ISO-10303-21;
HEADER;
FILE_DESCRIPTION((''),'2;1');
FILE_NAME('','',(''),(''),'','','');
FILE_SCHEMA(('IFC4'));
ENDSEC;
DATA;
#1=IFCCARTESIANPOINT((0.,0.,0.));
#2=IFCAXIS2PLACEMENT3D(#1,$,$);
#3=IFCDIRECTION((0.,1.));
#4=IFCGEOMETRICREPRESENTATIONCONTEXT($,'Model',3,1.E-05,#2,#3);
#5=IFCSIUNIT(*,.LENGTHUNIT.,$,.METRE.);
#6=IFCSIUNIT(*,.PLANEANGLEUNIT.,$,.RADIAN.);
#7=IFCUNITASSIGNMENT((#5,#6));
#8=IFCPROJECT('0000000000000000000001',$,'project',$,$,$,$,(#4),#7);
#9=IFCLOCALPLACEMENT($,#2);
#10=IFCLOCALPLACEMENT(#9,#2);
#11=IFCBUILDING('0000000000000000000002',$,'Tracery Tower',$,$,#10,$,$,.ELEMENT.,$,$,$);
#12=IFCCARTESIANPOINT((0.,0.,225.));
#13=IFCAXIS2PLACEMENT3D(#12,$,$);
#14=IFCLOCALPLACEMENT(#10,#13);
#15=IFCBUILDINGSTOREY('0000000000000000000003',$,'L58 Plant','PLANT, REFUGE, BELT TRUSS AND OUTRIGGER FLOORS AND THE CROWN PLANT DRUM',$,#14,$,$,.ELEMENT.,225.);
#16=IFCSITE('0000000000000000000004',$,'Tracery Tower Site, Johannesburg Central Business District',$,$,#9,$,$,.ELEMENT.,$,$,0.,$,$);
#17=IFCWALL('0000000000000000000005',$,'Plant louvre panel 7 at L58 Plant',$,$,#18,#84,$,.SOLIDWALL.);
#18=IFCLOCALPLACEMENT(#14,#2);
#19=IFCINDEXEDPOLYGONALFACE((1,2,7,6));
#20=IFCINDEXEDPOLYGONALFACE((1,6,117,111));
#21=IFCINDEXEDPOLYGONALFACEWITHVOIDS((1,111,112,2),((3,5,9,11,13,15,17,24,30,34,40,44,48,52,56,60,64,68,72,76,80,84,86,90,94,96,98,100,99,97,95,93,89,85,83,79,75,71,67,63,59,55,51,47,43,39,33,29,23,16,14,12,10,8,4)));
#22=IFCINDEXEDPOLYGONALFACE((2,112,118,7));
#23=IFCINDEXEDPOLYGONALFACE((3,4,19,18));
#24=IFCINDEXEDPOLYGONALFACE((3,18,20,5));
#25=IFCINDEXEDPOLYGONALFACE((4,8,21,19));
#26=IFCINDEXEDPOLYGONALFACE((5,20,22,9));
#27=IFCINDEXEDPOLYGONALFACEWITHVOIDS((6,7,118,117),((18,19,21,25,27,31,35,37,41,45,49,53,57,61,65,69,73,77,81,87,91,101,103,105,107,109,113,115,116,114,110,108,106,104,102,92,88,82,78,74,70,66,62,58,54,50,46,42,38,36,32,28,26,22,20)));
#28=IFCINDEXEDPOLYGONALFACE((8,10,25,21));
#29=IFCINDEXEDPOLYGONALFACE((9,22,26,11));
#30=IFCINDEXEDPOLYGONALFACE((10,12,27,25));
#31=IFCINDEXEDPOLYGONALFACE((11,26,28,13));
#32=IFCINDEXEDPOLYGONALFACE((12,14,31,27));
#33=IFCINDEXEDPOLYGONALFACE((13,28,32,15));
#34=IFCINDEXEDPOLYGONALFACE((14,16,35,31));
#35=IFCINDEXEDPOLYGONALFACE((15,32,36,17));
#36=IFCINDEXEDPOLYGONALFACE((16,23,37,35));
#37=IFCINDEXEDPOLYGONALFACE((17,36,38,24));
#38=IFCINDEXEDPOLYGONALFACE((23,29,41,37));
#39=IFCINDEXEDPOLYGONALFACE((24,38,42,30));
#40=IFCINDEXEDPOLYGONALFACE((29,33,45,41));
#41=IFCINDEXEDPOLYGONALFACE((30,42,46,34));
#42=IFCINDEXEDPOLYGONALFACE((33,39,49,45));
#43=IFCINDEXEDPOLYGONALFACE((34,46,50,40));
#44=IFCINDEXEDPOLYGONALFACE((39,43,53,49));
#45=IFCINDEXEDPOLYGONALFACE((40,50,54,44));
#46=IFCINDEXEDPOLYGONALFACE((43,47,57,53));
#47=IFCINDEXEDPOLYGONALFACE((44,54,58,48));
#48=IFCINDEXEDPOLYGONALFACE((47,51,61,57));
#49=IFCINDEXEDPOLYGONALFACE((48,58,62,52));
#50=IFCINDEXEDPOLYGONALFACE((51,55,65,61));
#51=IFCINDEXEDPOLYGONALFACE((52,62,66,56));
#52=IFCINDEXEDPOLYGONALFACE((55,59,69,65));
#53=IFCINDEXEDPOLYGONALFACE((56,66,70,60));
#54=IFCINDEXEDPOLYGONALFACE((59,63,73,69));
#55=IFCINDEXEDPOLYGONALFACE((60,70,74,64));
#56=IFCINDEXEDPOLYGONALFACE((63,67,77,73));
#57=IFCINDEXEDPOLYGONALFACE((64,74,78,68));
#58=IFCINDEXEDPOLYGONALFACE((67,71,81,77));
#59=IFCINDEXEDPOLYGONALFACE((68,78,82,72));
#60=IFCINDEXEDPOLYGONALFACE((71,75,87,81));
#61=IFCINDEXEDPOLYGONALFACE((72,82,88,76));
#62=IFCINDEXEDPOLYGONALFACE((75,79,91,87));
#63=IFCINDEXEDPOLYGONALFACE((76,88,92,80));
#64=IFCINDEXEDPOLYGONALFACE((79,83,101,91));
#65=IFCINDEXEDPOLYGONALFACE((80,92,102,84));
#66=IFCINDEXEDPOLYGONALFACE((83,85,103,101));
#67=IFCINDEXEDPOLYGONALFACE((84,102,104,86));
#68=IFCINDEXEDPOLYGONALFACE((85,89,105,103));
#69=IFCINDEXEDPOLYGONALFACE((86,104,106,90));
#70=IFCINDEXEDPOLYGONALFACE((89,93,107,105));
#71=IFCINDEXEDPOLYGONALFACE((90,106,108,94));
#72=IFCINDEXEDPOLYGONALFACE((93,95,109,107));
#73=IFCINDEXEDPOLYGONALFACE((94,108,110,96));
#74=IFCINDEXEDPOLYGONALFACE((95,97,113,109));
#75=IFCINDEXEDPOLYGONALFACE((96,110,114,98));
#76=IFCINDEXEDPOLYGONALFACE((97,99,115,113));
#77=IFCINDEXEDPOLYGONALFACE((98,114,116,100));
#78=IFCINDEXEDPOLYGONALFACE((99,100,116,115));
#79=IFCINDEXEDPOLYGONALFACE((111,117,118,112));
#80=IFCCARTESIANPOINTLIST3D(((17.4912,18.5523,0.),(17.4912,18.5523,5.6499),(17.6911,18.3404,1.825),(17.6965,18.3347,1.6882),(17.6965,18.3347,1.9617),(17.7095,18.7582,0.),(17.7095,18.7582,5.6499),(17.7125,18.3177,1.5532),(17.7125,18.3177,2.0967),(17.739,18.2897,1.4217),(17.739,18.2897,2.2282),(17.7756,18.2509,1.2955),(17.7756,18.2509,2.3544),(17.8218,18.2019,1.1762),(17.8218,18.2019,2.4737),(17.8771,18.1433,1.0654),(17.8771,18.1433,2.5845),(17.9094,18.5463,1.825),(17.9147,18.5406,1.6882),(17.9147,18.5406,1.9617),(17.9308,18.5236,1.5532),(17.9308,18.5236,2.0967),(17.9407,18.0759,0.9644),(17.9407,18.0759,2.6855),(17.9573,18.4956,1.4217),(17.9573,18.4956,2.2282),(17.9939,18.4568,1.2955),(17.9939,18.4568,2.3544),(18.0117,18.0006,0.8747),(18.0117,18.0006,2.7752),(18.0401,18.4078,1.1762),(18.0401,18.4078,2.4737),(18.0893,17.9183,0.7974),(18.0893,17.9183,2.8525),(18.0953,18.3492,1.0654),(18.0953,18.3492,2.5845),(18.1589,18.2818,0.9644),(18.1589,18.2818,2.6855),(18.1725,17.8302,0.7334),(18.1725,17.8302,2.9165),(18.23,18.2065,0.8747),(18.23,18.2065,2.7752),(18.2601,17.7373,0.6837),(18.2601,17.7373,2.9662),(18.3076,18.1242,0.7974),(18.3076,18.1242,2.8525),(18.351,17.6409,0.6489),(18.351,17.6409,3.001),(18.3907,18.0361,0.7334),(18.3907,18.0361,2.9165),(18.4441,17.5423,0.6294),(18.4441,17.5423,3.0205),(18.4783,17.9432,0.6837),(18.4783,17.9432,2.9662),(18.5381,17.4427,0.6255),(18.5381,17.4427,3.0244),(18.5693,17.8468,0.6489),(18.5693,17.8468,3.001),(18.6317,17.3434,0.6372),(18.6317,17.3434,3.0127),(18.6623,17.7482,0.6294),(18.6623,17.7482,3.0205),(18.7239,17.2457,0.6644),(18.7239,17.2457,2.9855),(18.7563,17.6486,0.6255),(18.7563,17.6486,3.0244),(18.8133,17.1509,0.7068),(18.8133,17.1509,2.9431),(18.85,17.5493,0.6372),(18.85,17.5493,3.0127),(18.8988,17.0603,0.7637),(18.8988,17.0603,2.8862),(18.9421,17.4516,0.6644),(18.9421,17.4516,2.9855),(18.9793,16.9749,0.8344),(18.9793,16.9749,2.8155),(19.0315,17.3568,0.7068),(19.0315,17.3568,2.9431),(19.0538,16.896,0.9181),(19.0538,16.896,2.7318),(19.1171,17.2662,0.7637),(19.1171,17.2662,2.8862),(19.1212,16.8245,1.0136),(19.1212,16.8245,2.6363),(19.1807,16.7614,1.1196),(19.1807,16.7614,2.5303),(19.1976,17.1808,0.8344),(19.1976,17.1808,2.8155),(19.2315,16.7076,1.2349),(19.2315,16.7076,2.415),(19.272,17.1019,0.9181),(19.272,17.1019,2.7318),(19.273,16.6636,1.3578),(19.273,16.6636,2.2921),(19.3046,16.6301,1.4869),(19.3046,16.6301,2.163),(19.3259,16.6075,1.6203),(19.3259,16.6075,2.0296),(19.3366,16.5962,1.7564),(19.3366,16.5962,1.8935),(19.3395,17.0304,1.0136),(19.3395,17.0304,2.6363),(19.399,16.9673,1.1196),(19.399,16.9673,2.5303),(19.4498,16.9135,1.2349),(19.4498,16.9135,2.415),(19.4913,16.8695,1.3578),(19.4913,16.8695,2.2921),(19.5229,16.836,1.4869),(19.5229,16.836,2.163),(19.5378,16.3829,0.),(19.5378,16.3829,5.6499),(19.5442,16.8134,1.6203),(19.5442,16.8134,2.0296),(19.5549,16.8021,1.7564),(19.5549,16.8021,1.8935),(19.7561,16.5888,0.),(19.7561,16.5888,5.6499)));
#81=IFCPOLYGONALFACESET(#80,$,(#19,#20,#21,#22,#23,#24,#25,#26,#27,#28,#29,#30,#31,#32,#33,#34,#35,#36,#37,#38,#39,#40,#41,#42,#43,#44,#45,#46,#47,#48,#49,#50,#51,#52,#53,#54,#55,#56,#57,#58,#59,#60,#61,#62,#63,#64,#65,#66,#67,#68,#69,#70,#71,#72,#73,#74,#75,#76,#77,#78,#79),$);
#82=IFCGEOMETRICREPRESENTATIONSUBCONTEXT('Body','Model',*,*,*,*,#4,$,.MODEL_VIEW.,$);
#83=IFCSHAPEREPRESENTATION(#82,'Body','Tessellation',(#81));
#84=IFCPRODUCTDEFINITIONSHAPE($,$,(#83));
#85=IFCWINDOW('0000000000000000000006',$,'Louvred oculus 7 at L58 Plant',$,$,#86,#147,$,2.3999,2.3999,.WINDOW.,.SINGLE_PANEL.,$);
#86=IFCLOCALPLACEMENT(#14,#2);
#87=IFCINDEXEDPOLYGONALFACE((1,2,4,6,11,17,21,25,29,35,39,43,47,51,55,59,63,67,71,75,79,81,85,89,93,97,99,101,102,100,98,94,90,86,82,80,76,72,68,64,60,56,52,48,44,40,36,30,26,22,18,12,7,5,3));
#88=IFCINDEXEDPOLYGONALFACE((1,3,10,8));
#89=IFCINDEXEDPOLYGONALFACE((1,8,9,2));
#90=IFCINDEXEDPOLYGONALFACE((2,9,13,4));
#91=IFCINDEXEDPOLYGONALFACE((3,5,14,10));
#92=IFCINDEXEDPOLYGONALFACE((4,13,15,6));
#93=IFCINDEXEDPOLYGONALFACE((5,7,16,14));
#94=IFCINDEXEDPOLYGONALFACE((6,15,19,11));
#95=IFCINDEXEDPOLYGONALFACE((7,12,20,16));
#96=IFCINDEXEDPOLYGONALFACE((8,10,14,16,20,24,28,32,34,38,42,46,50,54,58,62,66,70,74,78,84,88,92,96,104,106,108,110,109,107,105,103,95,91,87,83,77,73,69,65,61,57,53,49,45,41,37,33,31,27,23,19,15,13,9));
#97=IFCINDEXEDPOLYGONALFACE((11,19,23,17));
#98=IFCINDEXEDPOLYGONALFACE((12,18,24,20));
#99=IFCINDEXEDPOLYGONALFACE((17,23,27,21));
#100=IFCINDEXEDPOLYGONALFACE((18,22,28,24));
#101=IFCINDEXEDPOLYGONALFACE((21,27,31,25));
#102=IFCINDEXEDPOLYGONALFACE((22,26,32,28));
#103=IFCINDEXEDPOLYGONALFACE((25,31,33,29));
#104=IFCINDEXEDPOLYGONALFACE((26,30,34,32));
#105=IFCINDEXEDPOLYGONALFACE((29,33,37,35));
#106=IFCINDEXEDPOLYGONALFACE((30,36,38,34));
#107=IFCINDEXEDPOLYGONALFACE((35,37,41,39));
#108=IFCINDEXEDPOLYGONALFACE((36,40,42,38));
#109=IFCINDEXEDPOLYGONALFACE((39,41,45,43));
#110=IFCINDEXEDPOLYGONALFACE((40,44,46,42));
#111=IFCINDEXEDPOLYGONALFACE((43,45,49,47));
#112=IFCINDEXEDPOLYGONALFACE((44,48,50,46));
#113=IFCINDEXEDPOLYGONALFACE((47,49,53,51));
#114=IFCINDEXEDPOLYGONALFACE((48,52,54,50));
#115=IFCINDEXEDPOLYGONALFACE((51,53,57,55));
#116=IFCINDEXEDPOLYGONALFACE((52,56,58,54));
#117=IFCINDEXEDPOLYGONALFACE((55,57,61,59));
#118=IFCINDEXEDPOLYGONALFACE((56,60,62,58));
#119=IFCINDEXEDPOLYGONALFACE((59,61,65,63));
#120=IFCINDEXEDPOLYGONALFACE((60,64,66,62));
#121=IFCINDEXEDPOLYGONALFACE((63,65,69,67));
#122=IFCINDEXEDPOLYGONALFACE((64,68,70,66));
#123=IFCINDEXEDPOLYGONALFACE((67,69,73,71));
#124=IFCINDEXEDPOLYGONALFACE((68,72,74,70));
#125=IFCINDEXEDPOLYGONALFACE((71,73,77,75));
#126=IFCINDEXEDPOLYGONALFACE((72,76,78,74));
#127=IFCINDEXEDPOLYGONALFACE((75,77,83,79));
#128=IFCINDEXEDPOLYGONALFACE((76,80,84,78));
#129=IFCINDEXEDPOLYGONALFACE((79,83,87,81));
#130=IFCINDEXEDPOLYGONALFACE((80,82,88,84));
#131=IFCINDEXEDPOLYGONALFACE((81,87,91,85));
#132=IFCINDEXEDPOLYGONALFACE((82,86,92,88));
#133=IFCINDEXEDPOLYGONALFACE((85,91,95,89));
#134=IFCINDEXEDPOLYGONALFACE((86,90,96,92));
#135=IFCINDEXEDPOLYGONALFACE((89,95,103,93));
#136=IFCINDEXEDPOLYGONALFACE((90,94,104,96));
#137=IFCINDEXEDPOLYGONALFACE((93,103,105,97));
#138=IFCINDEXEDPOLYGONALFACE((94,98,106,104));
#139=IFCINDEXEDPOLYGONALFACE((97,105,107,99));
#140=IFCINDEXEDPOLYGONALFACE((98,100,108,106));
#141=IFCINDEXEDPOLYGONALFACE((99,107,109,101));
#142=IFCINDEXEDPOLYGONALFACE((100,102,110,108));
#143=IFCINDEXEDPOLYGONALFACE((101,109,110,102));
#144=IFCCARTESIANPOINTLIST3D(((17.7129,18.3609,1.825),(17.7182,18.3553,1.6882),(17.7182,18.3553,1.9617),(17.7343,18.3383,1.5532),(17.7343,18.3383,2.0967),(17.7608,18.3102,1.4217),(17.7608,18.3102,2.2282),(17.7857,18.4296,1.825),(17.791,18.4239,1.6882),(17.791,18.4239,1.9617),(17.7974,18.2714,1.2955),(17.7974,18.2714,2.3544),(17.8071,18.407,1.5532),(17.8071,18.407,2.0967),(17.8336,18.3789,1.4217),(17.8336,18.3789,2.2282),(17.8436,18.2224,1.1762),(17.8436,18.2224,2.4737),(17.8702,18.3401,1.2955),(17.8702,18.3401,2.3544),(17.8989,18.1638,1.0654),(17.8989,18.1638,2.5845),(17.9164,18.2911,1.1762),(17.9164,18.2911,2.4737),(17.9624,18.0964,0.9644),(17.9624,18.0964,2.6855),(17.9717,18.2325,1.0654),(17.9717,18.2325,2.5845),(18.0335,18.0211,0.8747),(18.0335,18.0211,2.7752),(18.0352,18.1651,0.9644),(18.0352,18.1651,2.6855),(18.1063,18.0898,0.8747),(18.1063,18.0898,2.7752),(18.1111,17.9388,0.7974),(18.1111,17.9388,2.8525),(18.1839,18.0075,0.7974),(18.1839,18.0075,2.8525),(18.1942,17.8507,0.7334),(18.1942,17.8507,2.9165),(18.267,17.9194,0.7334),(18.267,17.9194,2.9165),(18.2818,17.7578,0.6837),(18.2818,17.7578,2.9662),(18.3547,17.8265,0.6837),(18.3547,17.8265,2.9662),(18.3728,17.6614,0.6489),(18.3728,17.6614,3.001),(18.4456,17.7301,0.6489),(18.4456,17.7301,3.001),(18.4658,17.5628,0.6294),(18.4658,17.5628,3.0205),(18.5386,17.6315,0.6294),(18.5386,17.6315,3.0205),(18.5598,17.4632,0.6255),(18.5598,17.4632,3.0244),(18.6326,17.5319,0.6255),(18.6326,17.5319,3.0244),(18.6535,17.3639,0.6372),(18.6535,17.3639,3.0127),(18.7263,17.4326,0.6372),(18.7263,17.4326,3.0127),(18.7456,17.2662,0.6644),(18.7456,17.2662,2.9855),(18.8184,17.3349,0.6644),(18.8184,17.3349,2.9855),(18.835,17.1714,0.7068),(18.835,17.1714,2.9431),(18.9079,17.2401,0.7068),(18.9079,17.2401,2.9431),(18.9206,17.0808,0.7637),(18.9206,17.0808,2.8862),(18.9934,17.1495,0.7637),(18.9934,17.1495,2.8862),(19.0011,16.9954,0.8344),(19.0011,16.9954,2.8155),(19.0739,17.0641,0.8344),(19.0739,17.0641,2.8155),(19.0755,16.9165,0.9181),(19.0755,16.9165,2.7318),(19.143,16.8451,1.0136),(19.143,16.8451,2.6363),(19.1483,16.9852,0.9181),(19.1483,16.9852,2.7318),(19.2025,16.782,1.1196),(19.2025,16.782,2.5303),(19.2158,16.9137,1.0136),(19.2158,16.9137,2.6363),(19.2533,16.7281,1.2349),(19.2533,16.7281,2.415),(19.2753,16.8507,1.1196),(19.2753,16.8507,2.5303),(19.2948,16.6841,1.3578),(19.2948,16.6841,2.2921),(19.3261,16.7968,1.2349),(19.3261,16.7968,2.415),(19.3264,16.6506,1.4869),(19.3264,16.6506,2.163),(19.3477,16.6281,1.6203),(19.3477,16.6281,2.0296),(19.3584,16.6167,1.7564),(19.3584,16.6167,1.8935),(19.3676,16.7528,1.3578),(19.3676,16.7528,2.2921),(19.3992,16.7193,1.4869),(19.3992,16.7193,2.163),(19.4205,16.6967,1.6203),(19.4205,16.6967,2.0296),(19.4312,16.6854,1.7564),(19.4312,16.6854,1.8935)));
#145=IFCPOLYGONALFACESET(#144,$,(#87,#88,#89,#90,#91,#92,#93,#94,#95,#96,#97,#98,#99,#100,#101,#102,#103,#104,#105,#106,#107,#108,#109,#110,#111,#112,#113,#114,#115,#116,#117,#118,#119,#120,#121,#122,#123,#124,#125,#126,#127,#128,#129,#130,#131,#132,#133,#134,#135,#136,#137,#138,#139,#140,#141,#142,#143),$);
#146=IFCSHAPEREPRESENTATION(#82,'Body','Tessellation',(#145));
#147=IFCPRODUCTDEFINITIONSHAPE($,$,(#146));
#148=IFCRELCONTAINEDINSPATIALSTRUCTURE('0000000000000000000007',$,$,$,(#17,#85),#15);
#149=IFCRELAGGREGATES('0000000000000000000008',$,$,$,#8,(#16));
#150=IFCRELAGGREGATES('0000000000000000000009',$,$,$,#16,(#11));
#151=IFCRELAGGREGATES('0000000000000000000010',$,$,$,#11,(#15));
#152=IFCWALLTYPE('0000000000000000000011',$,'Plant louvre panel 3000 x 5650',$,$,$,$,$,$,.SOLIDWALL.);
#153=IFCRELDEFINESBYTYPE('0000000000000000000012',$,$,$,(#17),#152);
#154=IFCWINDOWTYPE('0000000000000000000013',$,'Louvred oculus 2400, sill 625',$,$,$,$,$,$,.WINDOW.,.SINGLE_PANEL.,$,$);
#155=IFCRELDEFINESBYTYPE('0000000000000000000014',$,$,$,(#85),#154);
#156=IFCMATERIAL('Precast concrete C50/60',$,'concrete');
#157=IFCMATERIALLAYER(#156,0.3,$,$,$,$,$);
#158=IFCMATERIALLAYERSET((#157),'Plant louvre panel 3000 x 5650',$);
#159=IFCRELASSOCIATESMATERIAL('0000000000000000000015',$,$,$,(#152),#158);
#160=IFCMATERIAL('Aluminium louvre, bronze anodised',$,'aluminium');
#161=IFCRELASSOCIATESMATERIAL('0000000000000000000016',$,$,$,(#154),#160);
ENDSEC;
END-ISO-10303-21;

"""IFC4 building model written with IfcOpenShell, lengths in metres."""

from ifc_helpers import new_model, si_unit, direction, frame, frame_2d, origin, origin_2d, place, context, subcontext, project, spatial, rectangle, circle, extrude, material, layer, layer_set, type_object, element, fill, save


model = new_model("IFC4")

# Units and contexts
model_context = context("Model", 3, precision=1e-05, world=origin(), true_north=direction((0.0, 1.0)))
body_context = subcontext(model_context, "Body", "Model", "MODEL_VIEW")
ifc_project = project(units=[si_unit("LENGTHUNIT", "METRE"), si_unit("PLANEANGLEUNIT", "RADIAN")], contexts=[model_context])

# Site, building, storey
site_placement = place(None, origin())
site = spatial("IfcSite", under=ifc_project, at=site_placement, Name="Tracery Tower Site, Johannesburg Central Business District", CompositionType="ELEMENT", RefElevation=0.0)
building_placement = place(site_placement, origin())
building = spatial("IfcBuilding", under=site, at=building_placement, Name="Tracery Tower", CompositionType="ELEMENT")
storey_placement = place(building_placement, frame((0.0, 0.0, 225.0)))
storey = spatial("IfcBuildingStorey", under=building, at=storey_placement, Name="L58 Plant", Description="PLANT, REFUGE, BELT TRUSS AND OUTRIGGER FLOORS AND THE CROWN PLANT DRUM", CompositionType="ELEMENT", Elevation=225.0)

# Wall, opening, window
ifc_material_1 = material(Name="Precast concrete C50/60", Category="concrete")
ifc_layer_1 = layer(ifc_material_1, 0.3)
ifc_layer_set_1 = layer_set([ifc_layer_1], Name="Plant louvre panel 3000 x 5650")
wall_type_1 = type_object("IfcWallType", Name="Plant louvre panel 3000 x 5650", PredefinedType="SOLIDWALL", material=ifc_layer_set_1)
ifc_material_2 = material(Name="Aluminium louvre, bronze anodised", Category="aluminium")
window_type = type_object("IfcWindowType", Name="Louvred oculus 2400, sill 625", PartitioningType="SINGLE_PANEL", PredefinedType="WINDOW", material=ifc_material_2)
wall_1_placement = place(storey_placement, frame((19.647, 16.4858, 0.0), z_axis=(0.0, 0.0, 1.0), x_axis=(-0.68622, 0.727394, 0.0)))
wall_1 = element("IfcWall", 1, at=wall_1_placement, inside=storey, type_object=wall_type_1, Name="Plant louvre panel 7 at L58 Plant", PredefinedType="SOLIDWALL", context=body_context, shape_type="SweptSolid", body=[
    extrude(rectangle(XDim=2.9824, YDim=0.3, at=frame_2d((1.4912, 0.0))), origin(), (0.0, 0.0, 1.0), 5.6499),
])
opening_1_placement = place(wall_1_placement, frame((1.4912, 0.0, 1.825)))
opening_1 = element("IfcOpeningElement", 2, at=opening_1_placement, cuts=wall_1, PredefinedType="OPENING", context=body_context, shape_type="SweptSolid", body=[
    extrude(circle(Radius=1.2, at=origin_2d()), frame((0.0, 0.1599, 0.0), z_axis=(0.0, -1.0, 0.0), x_axis=(1.0, 0.0, 0.0)), (0.0, 0.0, 1.0), 0.3201),
])
window_1_placement = place(opening_1_placement, origin())
window_1 = element("IfcWindow", 3, at=window_1_placement, inside=storey, type_object=window_type, Name="Louvred oculus 7 at L58 Plant", OverallHeight=2.3999, OverallWidth=2.3999, PartitioningType="SINGLE_PANEL", PredefinedType="WINDOW", context=body_context, shape_type="SweptSolid", body=[
    extrude(circle(Radius=1.2, at=origin_2d()), frame((0.0, 0.1201, 0.0), z_axis=(0.0, -1.0, 0.0), x_axis=(1.0, 0.0, 0.0)), (0.0, 0.0, 1.0), 0.1001),
])
fill(opening_1, window_1)

save(model, "model.ifc")
